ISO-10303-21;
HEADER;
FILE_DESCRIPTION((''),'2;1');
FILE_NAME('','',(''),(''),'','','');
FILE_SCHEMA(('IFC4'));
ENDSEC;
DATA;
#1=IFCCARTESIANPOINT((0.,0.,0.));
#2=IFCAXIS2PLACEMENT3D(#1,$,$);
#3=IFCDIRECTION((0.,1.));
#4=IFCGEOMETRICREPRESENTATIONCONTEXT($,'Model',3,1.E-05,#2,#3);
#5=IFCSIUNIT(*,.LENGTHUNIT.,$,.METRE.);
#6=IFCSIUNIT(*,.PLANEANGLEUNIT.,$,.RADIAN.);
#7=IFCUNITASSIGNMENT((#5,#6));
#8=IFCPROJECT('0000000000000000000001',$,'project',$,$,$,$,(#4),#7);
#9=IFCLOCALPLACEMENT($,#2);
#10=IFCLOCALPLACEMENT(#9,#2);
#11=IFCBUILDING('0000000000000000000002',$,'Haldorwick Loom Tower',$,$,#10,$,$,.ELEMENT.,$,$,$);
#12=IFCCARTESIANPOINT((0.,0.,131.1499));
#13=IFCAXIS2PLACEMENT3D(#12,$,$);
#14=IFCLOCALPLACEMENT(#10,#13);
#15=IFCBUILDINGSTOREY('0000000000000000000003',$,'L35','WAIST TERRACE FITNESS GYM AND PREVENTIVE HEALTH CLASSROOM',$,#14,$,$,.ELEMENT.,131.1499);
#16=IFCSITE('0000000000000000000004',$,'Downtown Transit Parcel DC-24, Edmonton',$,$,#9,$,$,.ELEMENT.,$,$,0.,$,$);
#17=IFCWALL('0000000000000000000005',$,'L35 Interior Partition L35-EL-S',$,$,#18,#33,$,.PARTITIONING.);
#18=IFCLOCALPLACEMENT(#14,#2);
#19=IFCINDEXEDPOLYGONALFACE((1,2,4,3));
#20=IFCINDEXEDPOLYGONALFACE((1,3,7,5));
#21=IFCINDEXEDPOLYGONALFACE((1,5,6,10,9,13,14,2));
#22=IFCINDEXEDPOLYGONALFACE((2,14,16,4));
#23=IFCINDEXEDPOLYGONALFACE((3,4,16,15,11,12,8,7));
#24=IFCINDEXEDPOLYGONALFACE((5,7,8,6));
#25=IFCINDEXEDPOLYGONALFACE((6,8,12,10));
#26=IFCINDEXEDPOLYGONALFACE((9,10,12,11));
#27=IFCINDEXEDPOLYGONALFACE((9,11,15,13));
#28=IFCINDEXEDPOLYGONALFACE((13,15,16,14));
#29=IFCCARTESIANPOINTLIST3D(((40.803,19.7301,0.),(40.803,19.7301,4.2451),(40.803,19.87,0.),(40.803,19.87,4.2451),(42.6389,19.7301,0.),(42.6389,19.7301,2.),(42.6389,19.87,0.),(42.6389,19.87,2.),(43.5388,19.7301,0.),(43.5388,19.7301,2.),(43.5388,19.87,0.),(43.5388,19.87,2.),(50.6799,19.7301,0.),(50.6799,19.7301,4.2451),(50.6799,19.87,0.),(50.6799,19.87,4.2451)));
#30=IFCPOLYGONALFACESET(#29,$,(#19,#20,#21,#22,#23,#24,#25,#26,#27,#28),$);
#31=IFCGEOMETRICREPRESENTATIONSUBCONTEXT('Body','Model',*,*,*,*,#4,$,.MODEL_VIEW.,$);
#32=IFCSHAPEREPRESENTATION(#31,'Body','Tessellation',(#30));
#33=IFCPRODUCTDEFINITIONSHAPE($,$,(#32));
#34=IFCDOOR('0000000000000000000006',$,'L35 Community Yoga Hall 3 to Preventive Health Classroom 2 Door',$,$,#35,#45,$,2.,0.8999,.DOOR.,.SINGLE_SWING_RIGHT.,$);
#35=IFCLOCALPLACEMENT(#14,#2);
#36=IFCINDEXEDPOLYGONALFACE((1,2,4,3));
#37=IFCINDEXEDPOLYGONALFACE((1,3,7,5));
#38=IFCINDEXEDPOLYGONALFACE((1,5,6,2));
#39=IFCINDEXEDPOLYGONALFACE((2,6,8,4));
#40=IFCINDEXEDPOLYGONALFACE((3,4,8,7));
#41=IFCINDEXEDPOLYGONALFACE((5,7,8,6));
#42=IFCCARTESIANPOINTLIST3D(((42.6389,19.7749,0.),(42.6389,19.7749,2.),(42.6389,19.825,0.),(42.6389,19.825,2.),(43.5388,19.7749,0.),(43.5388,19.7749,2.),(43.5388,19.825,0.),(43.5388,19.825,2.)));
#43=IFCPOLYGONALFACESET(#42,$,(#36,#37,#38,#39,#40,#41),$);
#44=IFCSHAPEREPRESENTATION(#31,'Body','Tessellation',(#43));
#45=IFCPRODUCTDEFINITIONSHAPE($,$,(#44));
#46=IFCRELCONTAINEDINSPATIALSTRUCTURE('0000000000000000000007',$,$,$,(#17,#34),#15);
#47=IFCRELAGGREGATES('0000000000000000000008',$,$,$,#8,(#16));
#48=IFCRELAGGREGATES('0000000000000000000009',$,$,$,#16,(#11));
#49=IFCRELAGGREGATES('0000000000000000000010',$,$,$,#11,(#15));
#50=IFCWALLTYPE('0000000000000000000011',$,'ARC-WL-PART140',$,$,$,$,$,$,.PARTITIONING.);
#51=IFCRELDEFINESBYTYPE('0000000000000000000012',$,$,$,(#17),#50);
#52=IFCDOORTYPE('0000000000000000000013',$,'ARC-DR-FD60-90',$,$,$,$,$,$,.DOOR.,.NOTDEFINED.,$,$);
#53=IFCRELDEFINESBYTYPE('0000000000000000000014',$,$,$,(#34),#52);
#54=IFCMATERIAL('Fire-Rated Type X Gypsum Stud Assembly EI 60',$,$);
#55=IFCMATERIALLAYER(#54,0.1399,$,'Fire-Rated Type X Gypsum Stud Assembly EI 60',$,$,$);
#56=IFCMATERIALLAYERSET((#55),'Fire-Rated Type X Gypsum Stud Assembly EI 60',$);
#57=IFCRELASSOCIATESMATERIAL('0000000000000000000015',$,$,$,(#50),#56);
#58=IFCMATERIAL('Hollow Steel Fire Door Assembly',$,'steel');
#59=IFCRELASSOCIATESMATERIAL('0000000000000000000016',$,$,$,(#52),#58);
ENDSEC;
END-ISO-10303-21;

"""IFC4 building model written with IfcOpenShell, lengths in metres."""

from ifc_helpers import new_model, si_unit, direction, frame, frame_2d, origin, place, context, subcontext, project, spatial, rectangle, extrude, material, layer, layer_set, type_object, element, fill, save


model = new_model("IFC4")

# Units and contexts
model_context = context("Model", 3, precision=1e-05, world=origin(), true_north=direction((0.0, 1.0)))
body_context = subcontext(model_context, "Body", "Model", "MODEL_VIEW")
ifc_project = project(units=[si_unit("LENGTHUNIT", "METRE"), si_unit("PLANEANGLEUNIT", "RADIAN")], contexts=[model_context])

# Site, building, storey
site_placement = place(None, origin())
site = spatial("IfcSite", under=ifc_project, at=site_placement, Name="Downtown Transit Parcel DC-24, Edmonton", CompositionType="ELEMENT", RefElevation=0.0)
building_placement = place(site_placement, origin())
building = spatial("IfcBuilding", under=site, at=building_placement, Name="Haldorwick Loom Tower", CompositionType="ELEMENT")
storey_placement = place(building_placement, frame((0.0, 0.0, 131.1499)))
storey = spatial("IfcBuildingStorey", under=building, at=storey_placement, Name="L35", Description="WAIST TERRACE FITNESS GYM AND PREVENTIVE HEALTH CLASSROOM", CompositionType="ELEMENT", Elevation=131.1499)

# Shared definitions
ifc_material_1 = material(Name="Fire-Rated Type X Gypsum Stud Assembly EI 60")
ifc_layer_1 = layer(ifc_material_1, 0.1399, Name="Fire-Rated Type X Gypsum Stud Assembly EI 60")
ifc_layer_set_1 = layer_set([ifc_layer_1], Name="Fire-Rated Type X Gypsum Stud Assembly EI 60")
wall_type_1 = type_object("IfcWallType", Name="ARC-WL-PART140", PredefinedType="PARTITIONING", material=ifc_layer_set_1)

# Wall, opening, door
wall_1_placement = place(storey_placement, frame((40.803, 19.8, 0.0), z_axis=(0.0, 0.0, 1.0), x_axis=(1.0, 0.0, 0.0)))
wall_1 = element("IfcWall", 1, at=wall_1_placement, inside=storey, type_object=wall_type_1, Name="L35 Interior Partition L35-EL-S", PredefinedType="PARTITIONING", context=body_context, shape_type="SweptSolid", body=[
    extrude(rectangle(XDim=9.877, YDim=0.1399, at=frame_2d((4.9385, 0.0))), origin(), (0.0, 0.0, 1.0), 4.2451),
])
opening_placement = place(wall_1_placement, frame((1.8359, 0.0, 0.0)))
opening = element("IfcOpeningElement", 2, at=opening_placement, cuts=wall_1, PredefinedType="OPENING", context=body_context, shape_type="SweptSolid", body=[
    extrude(rectangle(XDim=0.8999, YDim=2.0, at=frame_2d((0.45, 1.0))), frame((0.0, 0.0798, 0.0), z_axis=(0.0, -1.0, 0.0), x_axis=(1.0, 0.0, 0.0)), (0.0, 0.0, 1.0), 0.1599),
])
ifc_material_2 = material(Name="Hollow Steel Fire Door Assembly", Category="steel")
door_type = type_object("IfcDoorType", Name="ARC-DR-FD60-90", OperationType="NOTDEFINED", PredefinedType="DOOR", material=ifc_material_2)
door_placement = place(opening_placement, origin())
door = element("IfcDoor", 3, at=door_placement, inside=storey, type_object=door_type, Name="L35 Community Yoga Hall 3 to Preventive Health Classroom 2 Door", OperationType="SINGLE_SWING_RIGHT", OverallHeight=2.0, OverallWidth=0.8999, PredefinedType="DOOR", context=body_context, shape_type="SweptSolid", body=[
    extrude(rectangle(XDim=0.8999, YDim=2.0, at=frame_2d((0.45, 1.0))), frame((0.0, 0.0249, 0.0), z_axis=(0.0, -1.0, 0.0), x_axis=(1.0, 0.0, 0.0)), (0.0, 0.0, 1.0), 0.05),
])
fill(opening, door)

save(model, "model.ifc")
